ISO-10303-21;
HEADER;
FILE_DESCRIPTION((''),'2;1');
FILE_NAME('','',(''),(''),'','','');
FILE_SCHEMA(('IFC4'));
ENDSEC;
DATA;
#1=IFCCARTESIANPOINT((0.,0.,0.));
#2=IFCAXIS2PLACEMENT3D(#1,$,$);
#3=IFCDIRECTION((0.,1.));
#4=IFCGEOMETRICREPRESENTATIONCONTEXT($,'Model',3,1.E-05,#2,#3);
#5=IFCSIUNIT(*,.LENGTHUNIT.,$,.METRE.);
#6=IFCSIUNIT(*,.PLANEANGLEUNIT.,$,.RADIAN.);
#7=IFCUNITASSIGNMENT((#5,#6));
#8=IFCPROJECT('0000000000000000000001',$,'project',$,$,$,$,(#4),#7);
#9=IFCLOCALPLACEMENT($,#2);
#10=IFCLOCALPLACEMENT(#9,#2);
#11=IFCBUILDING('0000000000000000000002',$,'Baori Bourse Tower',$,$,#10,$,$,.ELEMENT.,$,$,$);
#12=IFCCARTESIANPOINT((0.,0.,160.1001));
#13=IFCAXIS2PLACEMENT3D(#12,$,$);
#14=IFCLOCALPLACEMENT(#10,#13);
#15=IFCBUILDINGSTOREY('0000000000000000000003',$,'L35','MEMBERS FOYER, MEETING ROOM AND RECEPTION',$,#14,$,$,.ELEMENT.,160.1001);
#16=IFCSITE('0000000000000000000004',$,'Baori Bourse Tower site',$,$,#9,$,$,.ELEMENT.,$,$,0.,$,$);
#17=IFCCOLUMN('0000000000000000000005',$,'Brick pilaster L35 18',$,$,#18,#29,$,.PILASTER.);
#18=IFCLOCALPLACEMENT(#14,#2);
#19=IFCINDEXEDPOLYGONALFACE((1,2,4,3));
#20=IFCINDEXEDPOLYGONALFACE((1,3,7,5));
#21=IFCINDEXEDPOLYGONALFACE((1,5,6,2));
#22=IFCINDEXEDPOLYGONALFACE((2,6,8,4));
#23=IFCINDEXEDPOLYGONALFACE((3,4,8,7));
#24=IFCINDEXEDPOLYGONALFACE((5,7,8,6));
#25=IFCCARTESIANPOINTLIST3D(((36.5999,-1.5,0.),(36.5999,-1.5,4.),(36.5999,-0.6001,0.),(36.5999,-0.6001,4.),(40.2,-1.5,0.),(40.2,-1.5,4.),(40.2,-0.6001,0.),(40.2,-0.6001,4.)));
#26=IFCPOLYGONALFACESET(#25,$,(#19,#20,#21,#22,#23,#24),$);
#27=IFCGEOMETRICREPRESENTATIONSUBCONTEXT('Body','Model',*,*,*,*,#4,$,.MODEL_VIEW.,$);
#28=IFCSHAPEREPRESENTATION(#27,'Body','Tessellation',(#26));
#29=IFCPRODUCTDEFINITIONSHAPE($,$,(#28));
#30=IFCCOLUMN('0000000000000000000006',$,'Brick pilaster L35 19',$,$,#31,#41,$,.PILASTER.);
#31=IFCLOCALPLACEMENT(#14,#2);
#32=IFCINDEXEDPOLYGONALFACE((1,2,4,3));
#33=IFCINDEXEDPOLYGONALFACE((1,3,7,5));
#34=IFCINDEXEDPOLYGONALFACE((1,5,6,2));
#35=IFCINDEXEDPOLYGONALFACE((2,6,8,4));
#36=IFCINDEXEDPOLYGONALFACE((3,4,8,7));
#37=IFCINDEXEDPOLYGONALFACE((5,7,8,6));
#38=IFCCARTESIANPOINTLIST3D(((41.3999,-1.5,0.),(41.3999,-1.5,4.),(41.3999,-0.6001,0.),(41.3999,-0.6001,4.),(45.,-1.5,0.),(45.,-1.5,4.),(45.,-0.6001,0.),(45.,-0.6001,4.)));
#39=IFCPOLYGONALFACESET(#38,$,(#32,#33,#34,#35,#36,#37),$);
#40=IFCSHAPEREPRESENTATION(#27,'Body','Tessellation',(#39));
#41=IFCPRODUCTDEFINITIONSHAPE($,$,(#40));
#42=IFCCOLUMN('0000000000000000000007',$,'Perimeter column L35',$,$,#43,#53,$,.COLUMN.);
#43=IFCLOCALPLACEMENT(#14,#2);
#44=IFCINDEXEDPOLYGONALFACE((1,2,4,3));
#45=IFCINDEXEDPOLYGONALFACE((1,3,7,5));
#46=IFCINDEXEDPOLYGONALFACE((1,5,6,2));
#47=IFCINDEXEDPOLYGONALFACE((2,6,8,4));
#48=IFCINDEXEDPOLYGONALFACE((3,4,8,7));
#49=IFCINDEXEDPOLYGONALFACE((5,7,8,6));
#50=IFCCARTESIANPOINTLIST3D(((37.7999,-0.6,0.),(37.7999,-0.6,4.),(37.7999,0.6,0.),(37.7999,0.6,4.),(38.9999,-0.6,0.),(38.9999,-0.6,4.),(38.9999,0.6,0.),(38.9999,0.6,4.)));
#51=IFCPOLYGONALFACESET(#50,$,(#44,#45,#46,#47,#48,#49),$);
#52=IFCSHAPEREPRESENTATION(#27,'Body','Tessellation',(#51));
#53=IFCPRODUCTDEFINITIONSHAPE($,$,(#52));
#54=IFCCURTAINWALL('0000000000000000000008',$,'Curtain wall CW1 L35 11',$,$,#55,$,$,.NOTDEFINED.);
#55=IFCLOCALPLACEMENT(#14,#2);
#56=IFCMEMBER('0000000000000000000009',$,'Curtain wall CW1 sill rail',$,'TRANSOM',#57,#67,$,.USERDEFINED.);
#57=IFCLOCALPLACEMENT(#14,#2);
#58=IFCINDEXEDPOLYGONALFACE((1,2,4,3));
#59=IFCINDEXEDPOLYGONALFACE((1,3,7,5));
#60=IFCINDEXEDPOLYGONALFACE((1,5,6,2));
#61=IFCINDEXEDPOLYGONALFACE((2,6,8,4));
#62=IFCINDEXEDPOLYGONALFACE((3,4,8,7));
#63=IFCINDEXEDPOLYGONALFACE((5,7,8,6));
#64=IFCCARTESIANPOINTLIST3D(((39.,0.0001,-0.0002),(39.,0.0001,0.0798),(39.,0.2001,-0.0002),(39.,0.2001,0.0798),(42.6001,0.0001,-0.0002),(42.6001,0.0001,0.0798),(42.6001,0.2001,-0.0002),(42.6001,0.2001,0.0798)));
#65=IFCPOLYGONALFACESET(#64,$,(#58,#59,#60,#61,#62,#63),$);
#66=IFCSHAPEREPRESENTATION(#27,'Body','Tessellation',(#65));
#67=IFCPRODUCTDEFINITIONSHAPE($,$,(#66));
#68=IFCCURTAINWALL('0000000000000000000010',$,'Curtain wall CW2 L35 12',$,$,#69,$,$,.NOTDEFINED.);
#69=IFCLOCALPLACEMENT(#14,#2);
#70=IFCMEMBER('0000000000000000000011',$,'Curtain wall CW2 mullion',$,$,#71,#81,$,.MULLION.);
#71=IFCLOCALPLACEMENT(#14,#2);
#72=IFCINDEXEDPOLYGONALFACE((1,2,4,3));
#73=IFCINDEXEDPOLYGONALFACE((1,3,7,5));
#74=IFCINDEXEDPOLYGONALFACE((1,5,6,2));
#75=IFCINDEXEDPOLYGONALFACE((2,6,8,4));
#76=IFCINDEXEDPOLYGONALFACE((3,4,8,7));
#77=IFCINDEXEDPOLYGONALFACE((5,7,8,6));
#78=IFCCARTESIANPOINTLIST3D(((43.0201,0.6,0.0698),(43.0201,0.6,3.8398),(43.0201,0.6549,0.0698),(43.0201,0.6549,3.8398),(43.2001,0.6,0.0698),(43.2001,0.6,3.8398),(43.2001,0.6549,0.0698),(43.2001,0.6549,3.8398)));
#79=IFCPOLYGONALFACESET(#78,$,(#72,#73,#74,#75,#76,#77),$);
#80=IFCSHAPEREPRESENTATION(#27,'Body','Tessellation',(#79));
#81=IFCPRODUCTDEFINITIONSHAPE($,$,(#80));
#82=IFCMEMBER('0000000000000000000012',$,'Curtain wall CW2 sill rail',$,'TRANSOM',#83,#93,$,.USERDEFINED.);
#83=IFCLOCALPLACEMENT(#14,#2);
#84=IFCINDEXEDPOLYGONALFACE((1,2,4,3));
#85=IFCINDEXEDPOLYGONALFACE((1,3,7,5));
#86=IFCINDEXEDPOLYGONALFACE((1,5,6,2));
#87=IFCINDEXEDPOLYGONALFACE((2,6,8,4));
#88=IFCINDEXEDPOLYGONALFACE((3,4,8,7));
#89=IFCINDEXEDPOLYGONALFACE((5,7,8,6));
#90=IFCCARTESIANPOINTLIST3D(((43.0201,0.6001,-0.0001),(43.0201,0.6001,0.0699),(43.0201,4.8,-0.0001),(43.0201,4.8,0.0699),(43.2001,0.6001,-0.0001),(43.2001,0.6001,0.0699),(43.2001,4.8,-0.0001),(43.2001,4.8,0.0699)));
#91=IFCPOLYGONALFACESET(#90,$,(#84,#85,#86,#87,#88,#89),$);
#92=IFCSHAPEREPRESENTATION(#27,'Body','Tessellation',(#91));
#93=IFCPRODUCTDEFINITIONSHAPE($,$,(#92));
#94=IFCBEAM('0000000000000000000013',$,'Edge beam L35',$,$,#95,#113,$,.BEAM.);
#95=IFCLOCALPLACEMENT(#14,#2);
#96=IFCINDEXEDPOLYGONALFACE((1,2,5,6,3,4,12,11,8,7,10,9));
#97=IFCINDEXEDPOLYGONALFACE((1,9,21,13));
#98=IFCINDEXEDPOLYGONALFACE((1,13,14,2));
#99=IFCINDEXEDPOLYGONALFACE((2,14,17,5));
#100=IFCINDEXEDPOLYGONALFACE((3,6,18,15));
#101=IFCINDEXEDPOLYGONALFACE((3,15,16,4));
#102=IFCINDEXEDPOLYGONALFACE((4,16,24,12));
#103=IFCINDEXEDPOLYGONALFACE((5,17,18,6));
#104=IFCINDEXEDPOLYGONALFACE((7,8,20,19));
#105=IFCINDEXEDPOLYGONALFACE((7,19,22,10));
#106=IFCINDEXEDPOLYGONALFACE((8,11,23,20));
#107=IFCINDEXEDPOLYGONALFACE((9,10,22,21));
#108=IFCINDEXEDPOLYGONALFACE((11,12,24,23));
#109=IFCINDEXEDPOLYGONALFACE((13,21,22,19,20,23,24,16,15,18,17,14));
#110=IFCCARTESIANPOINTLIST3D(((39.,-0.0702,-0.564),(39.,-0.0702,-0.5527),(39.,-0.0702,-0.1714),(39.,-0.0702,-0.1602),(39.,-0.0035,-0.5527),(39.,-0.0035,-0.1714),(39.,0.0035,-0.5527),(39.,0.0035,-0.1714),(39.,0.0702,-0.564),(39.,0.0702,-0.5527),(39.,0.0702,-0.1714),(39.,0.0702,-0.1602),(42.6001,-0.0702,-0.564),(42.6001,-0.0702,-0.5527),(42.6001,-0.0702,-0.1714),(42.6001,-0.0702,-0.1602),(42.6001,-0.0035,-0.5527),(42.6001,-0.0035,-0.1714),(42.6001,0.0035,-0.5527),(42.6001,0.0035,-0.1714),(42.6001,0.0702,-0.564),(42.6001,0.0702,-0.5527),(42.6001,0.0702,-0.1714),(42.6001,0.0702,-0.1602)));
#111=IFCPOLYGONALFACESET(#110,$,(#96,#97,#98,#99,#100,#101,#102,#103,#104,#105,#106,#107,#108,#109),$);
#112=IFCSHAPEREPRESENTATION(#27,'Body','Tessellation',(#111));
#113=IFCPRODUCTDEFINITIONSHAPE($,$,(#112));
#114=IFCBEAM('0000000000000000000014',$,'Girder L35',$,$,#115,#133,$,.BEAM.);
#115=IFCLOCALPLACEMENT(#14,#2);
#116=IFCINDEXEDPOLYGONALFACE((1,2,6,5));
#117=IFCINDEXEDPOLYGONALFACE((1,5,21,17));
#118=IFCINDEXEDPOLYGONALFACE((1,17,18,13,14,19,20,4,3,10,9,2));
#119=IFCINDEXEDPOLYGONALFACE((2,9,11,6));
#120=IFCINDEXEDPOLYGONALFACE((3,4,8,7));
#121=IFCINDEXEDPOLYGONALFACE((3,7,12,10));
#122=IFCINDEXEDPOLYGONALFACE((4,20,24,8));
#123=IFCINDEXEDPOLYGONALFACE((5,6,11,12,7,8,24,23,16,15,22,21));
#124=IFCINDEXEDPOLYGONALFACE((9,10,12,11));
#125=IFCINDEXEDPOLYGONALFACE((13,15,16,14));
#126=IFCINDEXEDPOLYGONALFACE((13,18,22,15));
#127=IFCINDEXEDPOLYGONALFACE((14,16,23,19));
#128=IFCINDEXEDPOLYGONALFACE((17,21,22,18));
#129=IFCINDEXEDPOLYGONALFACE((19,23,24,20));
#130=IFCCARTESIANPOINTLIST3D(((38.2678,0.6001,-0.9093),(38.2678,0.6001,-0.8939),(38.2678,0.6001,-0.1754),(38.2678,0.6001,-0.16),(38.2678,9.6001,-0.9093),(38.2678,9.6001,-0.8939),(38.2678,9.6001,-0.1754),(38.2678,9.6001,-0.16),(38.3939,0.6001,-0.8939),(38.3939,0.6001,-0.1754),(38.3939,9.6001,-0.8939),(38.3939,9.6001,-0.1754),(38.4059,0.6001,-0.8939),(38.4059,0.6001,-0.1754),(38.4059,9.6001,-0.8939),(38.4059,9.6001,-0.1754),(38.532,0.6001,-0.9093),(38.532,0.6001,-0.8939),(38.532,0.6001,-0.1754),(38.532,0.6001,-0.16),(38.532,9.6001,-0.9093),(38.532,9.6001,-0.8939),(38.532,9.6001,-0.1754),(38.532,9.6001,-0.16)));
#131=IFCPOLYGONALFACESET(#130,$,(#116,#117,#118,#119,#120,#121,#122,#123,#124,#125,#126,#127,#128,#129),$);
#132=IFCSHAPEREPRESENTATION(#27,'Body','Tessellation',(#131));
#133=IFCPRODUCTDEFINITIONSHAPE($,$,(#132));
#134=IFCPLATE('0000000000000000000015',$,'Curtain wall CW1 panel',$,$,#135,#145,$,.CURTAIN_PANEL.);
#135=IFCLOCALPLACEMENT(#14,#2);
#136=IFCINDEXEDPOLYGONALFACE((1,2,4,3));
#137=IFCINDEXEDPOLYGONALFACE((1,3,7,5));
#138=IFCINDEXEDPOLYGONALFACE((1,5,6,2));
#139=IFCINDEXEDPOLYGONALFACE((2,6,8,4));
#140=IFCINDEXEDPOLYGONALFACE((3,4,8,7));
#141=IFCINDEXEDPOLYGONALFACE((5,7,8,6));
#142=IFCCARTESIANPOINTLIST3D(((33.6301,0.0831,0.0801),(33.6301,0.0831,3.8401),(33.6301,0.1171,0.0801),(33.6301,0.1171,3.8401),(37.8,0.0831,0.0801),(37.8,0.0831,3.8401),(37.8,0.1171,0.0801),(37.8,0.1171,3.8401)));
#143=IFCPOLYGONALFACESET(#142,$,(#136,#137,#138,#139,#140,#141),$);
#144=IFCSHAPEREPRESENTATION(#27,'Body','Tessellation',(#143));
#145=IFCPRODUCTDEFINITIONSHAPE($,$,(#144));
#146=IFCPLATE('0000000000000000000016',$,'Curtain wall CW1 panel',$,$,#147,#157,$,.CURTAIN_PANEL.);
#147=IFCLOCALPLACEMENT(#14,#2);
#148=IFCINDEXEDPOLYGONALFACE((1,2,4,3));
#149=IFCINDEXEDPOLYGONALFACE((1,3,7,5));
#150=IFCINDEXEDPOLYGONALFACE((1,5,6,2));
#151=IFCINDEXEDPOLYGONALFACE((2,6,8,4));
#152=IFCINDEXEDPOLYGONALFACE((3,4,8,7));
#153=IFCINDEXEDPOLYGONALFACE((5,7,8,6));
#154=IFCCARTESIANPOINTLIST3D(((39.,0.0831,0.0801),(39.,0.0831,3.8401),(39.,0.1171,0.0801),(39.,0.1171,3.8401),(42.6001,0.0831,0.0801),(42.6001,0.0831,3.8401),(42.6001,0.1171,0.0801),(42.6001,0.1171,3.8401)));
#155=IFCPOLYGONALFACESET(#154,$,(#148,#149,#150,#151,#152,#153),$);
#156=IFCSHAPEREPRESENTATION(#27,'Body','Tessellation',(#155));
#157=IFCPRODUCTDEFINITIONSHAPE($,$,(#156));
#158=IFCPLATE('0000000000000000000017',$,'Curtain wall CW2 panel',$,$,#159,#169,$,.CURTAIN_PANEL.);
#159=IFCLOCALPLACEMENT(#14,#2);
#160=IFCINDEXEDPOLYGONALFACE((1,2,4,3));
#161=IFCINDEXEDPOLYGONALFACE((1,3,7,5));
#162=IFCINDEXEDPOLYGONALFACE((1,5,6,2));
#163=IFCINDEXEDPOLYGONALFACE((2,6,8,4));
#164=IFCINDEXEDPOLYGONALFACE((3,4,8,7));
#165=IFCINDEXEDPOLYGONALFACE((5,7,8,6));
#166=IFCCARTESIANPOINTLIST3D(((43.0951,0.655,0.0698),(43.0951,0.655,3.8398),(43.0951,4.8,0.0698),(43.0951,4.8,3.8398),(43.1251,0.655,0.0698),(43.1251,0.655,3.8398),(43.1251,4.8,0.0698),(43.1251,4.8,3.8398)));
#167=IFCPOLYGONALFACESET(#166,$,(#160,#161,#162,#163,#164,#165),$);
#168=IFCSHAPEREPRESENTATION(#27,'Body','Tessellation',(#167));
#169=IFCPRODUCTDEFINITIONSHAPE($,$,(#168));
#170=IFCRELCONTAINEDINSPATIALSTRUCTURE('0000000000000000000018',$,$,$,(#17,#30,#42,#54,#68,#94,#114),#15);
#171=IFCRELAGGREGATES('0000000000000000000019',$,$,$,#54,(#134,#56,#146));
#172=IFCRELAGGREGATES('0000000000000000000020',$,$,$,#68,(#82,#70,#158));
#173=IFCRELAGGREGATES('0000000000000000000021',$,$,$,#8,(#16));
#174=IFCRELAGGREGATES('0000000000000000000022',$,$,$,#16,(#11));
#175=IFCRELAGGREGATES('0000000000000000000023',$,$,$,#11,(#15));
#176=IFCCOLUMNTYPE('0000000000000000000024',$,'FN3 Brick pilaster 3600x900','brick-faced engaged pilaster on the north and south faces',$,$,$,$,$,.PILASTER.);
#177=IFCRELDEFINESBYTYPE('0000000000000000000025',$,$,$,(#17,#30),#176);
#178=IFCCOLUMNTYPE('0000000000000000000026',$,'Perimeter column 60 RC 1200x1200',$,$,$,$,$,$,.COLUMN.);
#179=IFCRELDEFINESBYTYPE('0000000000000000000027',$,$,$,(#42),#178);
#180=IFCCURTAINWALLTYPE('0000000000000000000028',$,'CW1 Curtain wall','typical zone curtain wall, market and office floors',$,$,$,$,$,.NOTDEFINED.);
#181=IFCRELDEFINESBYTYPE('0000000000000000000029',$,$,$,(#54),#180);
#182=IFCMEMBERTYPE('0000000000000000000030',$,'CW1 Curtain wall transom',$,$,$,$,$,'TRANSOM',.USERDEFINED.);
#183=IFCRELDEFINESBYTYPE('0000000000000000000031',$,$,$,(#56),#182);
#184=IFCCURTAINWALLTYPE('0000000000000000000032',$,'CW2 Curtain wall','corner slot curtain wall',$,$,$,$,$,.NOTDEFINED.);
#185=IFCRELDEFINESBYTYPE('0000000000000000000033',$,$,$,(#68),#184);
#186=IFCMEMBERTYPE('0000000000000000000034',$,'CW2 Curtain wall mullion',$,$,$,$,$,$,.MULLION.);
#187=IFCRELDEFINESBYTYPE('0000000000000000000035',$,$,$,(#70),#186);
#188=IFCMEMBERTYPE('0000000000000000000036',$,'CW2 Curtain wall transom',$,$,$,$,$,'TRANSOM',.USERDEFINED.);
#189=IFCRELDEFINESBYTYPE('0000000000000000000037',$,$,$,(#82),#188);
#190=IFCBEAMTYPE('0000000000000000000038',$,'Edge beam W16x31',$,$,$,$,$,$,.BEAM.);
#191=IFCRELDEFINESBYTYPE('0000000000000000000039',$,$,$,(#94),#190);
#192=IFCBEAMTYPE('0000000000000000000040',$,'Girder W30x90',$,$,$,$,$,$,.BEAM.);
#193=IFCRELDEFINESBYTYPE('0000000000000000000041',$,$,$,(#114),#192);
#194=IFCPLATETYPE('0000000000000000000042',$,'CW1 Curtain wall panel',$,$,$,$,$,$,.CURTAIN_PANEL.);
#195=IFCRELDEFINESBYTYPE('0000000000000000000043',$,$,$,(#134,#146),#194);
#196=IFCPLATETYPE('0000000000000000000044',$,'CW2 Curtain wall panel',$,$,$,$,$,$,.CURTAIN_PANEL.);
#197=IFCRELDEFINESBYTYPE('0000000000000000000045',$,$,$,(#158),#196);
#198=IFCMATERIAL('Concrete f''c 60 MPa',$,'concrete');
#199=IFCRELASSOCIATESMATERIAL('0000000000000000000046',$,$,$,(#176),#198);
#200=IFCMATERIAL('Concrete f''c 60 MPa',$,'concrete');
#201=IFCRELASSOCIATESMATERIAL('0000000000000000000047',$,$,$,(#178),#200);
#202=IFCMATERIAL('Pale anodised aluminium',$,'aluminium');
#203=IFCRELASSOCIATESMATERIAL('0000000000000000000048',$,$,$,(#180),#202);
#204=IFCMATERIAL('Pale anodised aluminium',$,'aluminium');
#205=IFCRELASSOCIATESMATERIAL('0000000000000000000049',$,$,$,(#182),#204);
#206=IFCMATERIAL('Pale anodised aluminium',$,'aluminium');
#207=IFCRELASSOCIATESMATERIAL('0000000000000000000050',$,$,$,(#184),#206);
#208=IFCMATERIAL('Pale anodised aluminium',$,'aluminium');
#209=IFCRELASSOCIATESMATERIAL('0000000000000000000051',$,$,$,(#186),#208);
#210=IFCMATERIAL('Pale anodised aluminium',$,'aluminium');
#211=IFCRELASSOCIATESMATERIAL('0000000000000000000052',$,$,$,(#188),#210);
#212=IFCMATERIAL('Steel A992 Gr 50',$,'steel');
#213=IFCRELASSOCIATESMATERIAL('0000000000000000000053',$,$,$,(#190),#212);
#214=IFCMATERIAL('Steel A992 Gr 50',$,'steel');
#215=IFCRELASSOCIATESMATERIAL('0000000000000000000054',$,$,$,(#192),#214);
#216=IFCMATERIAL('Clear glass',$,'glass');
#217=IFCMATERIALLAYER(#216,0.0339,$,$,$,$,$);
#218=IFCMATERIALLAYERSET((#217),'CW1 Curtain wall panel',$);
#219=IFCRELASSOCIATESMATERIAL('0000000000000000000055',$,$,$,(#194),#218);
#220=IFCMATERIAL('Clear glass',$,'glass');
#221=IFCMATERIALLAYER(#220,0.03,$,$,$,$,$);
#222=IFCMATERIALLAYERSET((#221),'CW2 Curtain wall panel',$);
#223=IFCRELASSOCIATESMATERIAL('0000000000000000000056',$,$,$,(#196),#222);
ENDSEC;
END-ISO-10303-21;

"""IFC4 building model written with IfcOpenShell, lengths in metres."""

from ifc_helpers import new_model, si_unit, direction, frame, origin, origin_2d, place, context, subcontext, project, spatial, rectangle, i_section, extrude, material, layer, layer_set, material_profile, profile_set, type_object, element, aggregate, save


model = new_model("IFC4")

# Units and contexts
model_context = context("Model", 3, precision=1e-05, world=origin(), true_north=direction((0.0, 1.0)))
body_context = subcontext(model_context, "Body", "Model", "MODEL_VIEW")
ifc_project = project(units=[si_unit("LENGTHUNIT", "METRE"), si_unit("PLANEANGLEUNIT", "RADIAN")], contexts=[model_context])

# Site, building, storey
site_placement = place(None, origin())
site = spatial("IfcSite", under=ifc_project, at=site_placement, Name="Baori Bourse Tower site", CompositionType="ELEMENT", RefElevation=0.0)
building_placement = place(site_placement, origin())
building = spatial("IfcBuilding", under=site, at=building_placement, Name="Baori Bourse Tower", CompositionType="ELEMENT")
storey_placement = place(building_placement, frame((0.0, 0.0, 160.1001)))
storey = spatial("IfcBuildingStorey", under=building, at=storey_placement, Name="L35", Description="MEMBERS FOYER, MEETING ROOM AND RECEPTION", CompositionType="ELEMENT", Elevation=160.1001)

# Columns
ifc_material_1 = material(Name="Concrete f'c 60 MPa", Category="concrete")
ifc_material_profile_1 = material_profile(ifc_material_1, rectangle(XDim=3.6001, YDim=0.8999, at=origin_2d()), Name="RC 3600x900")
ifc_profile_set_1 = profile_set([ifc_material_profile_1], Name="Concrete f'c 60 MPa")
column_type_1 = type_object("IfcColumnType", Name="FN3 Brick pilaster 3600x900", Description="brick-faced engaged pilaster on the north and south faces", PredefinedType="PILASTER", material=ifc_profile_set_1)
for number, where, z_axis, x_axis, name in (
    (1, (38.3999, -1.05, 0.0), (0.0, 0.0, 1.0), (1.0, 0.0, 0.0), "Brick pilaster L35 18"),
    (2, (43.2, -1.05, 0.0), (0.0, 0.0, 1.0), (1.0, 0.0, 0.0), "Brick pilaster L35 19"),
):
    element("IfcColumn", number, at=place(storey_placement, frame(where, z_axis=z_axis, x_axis=x_axis)), inside=storey, type_object=column_type_1, Name=name, PredefinedType="PILASTER", context=body_context, shape_type="SweptSolid", body=[
        extrude(rectangle(XDim=3.6001, YDim=0.8999, at=origin_2d()), origin(), (0.0, 0.0, 1.0), 4.0),
    ])
ifc_material_2 = material(Name="Concrete f'c 60 MPa", Category="concrete")
ifc_material_profile_2 = material_profile(ifc_material_2, rectangle(XDim=1.2, YDim=1.2, at=origin_2d()), Name="RC 1200x1200")
ifc_profile_set_2 = profile_set([ifc_material_profile_2], Name="Concrete f'c 60 MPa")
column_type_2 = type_object("IfcColumnType", Name="Perimeter column 60 RC 1200x1200", PredefinedType="COLUMN", material=ifc_profile_set_2)
column_placement = place(storey_placement, frame((38.3999, 0.0, 0.0), z_axis=(0.0, 0.0, 1.0), x_axis=(1.0, 0.0, 0.0)))
element("IfcColumn", 3, at=column_placement, inside=storey, type_object=column_type_2, Name="Perimeter column L35", PredefinedType="COLUMN", context=body_context, shape_type="SweptSolid", body=[
    extrude(rectangle(XDim=1.2, YDim=1.2, at=origin_2d()), origin(), (0.0, 0.0, 1.0), 4.0),
])

# Curtain wall, member
ifc_material_3 = material(Name="Pale anodised aluminium", Category="aluminium")
curtain_wall_type_1 = type_object("IfcCurtainWallType", Name="CW1 Curtain wall", Description="typical zone curtain wall, market and office floors", PredefinedType="NOTDEFINED", material=ifc_material_3)
curtain_wall_1_placement = place(storey_placement, origin())
curtain_wall_1 = element("IfcCurtainWall", 4, at=curtain_wall_1_placement, inside=storey, type_object=curtain_wall_type_1, Name="Curtain wall CW1 L35 11", PredefinedType="NOTDEFINED")
ifc_material_4 = material(Name="Pale anodised aluminium", Category="aluminium")
ifc_material_profile_3 = material_profile(ifc_material_4, rectangle(XDim=0.2, YDim=0.0801, at=origin_2d()), Name="Transom 80x200")
ifc_profile_set_3 = profile_set([ifc_material_profile_3], Name="Pale anodised aluminium")
member_type_1 = type_object("IfcMemberType", Name="CW1 Curtain wall transom", ElementType="TRANSOM", PredefinedType="USERDEFINED", material=ifc_profile_set_3)
member_1_placement = place(storey_placement, frame((39.0, 0.1001, 0.0398), z_axis=(1.0, 0.0, 0.0), x_axis=(0.0, 1.0, 0.0)))
member_1 = element("IfcMember", 5, at=member_1_placement, type_object=member_type_1, Name="Curtain wall CW1 sill rail", ObjectType="TRANSOM", PredefinedType="USERDEFINED", context=body_context, shape_type="SweptSolid", body=[
    extrude(rectangle(XDim=0.2, YDim=0.0801, at=origin_2d()), origin(), (0.0, 0.0, 1.0), 3.6001),
])

# Curtain wall, members
ifc_material_5 = material(Name="Pale anodised aluminium", Category="aluminium")
curtain_wall_type_2 = type_object("IfcCurtainWallType", Name="CW2 Curtain wall", Description="corner slot curtain wall", PredefinedType="NOTDEFINED", material=ifc_material_5)
curtain_wall_2_placement = place(storey_placement, origin())
curtain_wall_2 = element("IfcCurtainWall", 6, at=curtain_wall_2_placement, inside=storey, type_object=curtain_wall_type_2, Name="Curtain wall CW2 L35 12", PredefinedType="NOTDEFINED")
ifc_material_6 = material(Name="Pale anodised aluminium", Category="aluminium")
ifc_material_profile_4 = material_profile(ifc_material_6, rectangle(XDim=0.1799, YDim=0.0549, at=origin_2d()), Name="Mullion 55x180")
ifc_profile_set_4 = profile_set([ifc_material_profile_4], Name="Pale anodised aluminium")
member_type_2 = type_object("IfcMemberType", Name="CW2 Curtain wall mullion", PredefinedType="MULLION", material=ifc_profile_set_4)
member_2_placement = place(storey_placement, frame((43.1101, 0.6274, 0.0698), z_axis=(0.0, 0.0, 1.0), x_axis=(-1.0, 0.0, 0.0)))
member_2 = element("IfcMember", 7, at=member_2_placement, type_object=member_type_2, Name="Curtain wall CW2 mullion", PredefinedType="MULLION", context=body_context, shape_type="SweptSolid", body=[
    extrude(rectangle(XDim=0.1799, YDim=0.0549, at=origin_2d()), origin(), (0.0, 0.0, 1.0), 3.77),
])
ifc_material_7 = material(Name="Pale anodised aluminium", Category="aluminium")
ifc_material_profile_5 = material_profile(ifc_material_7, rectangle(XDim=0.1799, YDim=0.0701, at=origin_2d()), Name="Transom 70x180")
ifc_profile_set_5 = profile_set([ifc_material_profile_5], Name="Pale anodised aluminium")
member_type_3 = type_object("IfcMemberType", Name="CW2 Curtain wall transom", ElementType="TRANSOM", PredefinedType="USERDEFINED", material=ifc_profile_set_5)
member_3_placement = place(storey_placement, frame((43.1101, 0.6001, 0.0349), z_axis=(0.0, 1.0, 0.0), x_axis=(-1.0, 0.0, 0.0)))
member_3 = element("IfcMember", 8, at=member_3_placement, type_object=member_type_3, Name="Curtain wall CW2 sill rail", ObjectType="TRANSOM", PredefinedType="USERDEFINED", context=body_context, shape_type="SweptSolid", body=[
    extrude(rectangle(XDim=0.1799, YDim=0.0701, at=origin_2d()), origin(), (0.0, 0.0, 1.0), 4.2),
])

# Beams
ifc_material_8 = material(Name="Steel A992 Gr 50", Category="steel")
ifc_material_profile_6 = material_profile(ifc_material_8, i_section(OverallWidth=0.1404, OverallDepth=0.4038, WebThickness=0.0071, FlangeThickness=0.0112, at=origin_2d()), Name="W16x31")
ifc_profile_set_6 = profile_set([ifc_material_profile_6], Name="Steel A992 Gr 50")
beam_type_1 = type_object("IfcBeamType", Name="Edge beam W16x31", PredefinedType="BEAM", material=ifc_profile_set_6)
beam_1_placement = place(storey_placement, frame((39.0, 0.0, -0.3621), z_axis=(1.0, 0.0, 0.0), x_axis=(0.0, 1.0, 0.0)))
element("IfcBeam", 9, at=beam_1_placement, inside=storey, type_object=beam_type_1, Name="Edge beam L35", PredefinedType="BEAM", context=body_context, shape_type="SweptSolid", body=[
    extrude(i_section(OverallWidth=0.1404, OverallDepth=0.4038, WebThickness=0.0071, FlangeThickness=0.0112, at=origin_2d()), origin(), (0.0, 0.0, 1.0), 3.6001),
])
ifc_material_9 = material(Name="Steel A992 Gr 50", Category="steel")
ifc_material_profile_7 = material_profile(ifc_material_9, i_section(OverallWidth=0.2642, OverallDepth=0.7493, WebThickness=0.012, FlangeThickness=0.0154, at=origin_2d()), Name="W30x90")
ifc_profile_set_7 = profile_set([ifc_material_profile_7], Name="Steel A992 Gr 50")
beam_type_2 = type_object("IfcBeamType", Name="Girder W30x90", PredefinedType="BEAM", material=ifc_profile_set_7)
beam_2_placement = place(storey_placement, frame((38.3999, 0.6001, -0.5347), z_axis=(0.0, 1.0, 0.0), x_axis=(-1.0, 0.0, 0.0)))
element("IfcBeam", 10, at=beam_2_placement, inside=storey, type_object=beam_type_2, Name="Girder L35", PredefinedType="BEAM", context=body_context, shape_type="SweptSolid", body=[
    extrude(i_section(OverallWidth=0.2642, OverallDepth=0.7493, WebThickness=0.012, FlangeThickness=0.0154, at=origin_2d()), origin(), (0.0, 0.0, 1.0), 9.0),
])

# Plates
ifc_material_10 = material(Name="Clear glass", Category="glass")
ifc_layer_1 = layer(ifc_material_10, 0.0339)
ifc_layer_set_1 = layer_set([ifc_layer_1], Name="CW1 Curtain wall panel")
plate_type_1 = type_object("IfcPlateType", Name="CW1 Curtain wall panel", PredefinedType="CURTAIN_PANEL", material=ifc_layer_set_1)
plate_1_placement = place(storey_placement, frame((35.7151, 0.1001, 0.0801), z_axis=(0.0, 0.0, 1.0), x_axis=(1.0, 0.0, 0.0)))
plate_1 = element("IfcPlate", 11, at=plate_1_placement, type_object=plate_type_1, Name="Curtain wall CW1 panel", PredefinedType="CURTAIN_PANEL", context=body_context, shape_type="SweptSolid", body=[
    extrude(rectangle(XDim=4.1699, YDim=0.0339, at=origin_2d()), origin(), (0.0, 0.0, 1.0), 3.76),
])
plate_2_placement = place(storey_placement, frame((40.8, 0.1001, 0.0801), z_axis=(0.0, 0.0, 1.0), x_axis=(1.0, 0.0, 0.0)))
plate_2 = element("IfcPlate", 12, at=plate_2_placement, type_object=plate_type_1, Name="Curtain wall CW1 panel", PredefinedType="CURTAIN_PANEL", context=body_context, shape_type="SweptSolid", body=[
    extrude(rectangle(XDim=3.6001, YDim=0.0339, at=origin_2d()), origin(), (0.0, 0.0, 1.0), 3.76),
])
aggregate(curtain_wall_1, [plate_1, member_1, plate_2])
ifc_material_11 = material(Name="Clear glass", Category="glass")
ifc_layer_2 = layer(ifc_material_11, 0.03)
ifc_layer_set_2 = layer_set([ifc_layer_2], Name="CW2 Curtain wall panel")
plate_type_2 = type_object("IfcPlateType", Name="CW2 Curtain wall panel", PredefinedType="CURTAIN_PANEL", material=ifc_layer_set_2)
plate_3_placement = place(storey_placement, frame((43.1101, 2.7275, 0.0698), z_axis=(0.0, 0.0, 1.0), x_axis=(0.0, 1.0, 0.0)))
plate_3 = element("IfcPlate", 13, at=plate_3_placement, type_object=plate_type_2, Name="Curtain wall CW2 panel", PredefinedType="CURTAIN_PANEL", context=body_context, shape_type="SweptSolid", body=[
    extrude(rectangle(XDim=4.145, YDim=0.03, at=origin_2d()), origin(), (0.0, 0.0, 1.0), 3.77),
])
aggregate(curtain_wall_2, [member_3, member_2, plate_3])

save(model, "model.ifc")
